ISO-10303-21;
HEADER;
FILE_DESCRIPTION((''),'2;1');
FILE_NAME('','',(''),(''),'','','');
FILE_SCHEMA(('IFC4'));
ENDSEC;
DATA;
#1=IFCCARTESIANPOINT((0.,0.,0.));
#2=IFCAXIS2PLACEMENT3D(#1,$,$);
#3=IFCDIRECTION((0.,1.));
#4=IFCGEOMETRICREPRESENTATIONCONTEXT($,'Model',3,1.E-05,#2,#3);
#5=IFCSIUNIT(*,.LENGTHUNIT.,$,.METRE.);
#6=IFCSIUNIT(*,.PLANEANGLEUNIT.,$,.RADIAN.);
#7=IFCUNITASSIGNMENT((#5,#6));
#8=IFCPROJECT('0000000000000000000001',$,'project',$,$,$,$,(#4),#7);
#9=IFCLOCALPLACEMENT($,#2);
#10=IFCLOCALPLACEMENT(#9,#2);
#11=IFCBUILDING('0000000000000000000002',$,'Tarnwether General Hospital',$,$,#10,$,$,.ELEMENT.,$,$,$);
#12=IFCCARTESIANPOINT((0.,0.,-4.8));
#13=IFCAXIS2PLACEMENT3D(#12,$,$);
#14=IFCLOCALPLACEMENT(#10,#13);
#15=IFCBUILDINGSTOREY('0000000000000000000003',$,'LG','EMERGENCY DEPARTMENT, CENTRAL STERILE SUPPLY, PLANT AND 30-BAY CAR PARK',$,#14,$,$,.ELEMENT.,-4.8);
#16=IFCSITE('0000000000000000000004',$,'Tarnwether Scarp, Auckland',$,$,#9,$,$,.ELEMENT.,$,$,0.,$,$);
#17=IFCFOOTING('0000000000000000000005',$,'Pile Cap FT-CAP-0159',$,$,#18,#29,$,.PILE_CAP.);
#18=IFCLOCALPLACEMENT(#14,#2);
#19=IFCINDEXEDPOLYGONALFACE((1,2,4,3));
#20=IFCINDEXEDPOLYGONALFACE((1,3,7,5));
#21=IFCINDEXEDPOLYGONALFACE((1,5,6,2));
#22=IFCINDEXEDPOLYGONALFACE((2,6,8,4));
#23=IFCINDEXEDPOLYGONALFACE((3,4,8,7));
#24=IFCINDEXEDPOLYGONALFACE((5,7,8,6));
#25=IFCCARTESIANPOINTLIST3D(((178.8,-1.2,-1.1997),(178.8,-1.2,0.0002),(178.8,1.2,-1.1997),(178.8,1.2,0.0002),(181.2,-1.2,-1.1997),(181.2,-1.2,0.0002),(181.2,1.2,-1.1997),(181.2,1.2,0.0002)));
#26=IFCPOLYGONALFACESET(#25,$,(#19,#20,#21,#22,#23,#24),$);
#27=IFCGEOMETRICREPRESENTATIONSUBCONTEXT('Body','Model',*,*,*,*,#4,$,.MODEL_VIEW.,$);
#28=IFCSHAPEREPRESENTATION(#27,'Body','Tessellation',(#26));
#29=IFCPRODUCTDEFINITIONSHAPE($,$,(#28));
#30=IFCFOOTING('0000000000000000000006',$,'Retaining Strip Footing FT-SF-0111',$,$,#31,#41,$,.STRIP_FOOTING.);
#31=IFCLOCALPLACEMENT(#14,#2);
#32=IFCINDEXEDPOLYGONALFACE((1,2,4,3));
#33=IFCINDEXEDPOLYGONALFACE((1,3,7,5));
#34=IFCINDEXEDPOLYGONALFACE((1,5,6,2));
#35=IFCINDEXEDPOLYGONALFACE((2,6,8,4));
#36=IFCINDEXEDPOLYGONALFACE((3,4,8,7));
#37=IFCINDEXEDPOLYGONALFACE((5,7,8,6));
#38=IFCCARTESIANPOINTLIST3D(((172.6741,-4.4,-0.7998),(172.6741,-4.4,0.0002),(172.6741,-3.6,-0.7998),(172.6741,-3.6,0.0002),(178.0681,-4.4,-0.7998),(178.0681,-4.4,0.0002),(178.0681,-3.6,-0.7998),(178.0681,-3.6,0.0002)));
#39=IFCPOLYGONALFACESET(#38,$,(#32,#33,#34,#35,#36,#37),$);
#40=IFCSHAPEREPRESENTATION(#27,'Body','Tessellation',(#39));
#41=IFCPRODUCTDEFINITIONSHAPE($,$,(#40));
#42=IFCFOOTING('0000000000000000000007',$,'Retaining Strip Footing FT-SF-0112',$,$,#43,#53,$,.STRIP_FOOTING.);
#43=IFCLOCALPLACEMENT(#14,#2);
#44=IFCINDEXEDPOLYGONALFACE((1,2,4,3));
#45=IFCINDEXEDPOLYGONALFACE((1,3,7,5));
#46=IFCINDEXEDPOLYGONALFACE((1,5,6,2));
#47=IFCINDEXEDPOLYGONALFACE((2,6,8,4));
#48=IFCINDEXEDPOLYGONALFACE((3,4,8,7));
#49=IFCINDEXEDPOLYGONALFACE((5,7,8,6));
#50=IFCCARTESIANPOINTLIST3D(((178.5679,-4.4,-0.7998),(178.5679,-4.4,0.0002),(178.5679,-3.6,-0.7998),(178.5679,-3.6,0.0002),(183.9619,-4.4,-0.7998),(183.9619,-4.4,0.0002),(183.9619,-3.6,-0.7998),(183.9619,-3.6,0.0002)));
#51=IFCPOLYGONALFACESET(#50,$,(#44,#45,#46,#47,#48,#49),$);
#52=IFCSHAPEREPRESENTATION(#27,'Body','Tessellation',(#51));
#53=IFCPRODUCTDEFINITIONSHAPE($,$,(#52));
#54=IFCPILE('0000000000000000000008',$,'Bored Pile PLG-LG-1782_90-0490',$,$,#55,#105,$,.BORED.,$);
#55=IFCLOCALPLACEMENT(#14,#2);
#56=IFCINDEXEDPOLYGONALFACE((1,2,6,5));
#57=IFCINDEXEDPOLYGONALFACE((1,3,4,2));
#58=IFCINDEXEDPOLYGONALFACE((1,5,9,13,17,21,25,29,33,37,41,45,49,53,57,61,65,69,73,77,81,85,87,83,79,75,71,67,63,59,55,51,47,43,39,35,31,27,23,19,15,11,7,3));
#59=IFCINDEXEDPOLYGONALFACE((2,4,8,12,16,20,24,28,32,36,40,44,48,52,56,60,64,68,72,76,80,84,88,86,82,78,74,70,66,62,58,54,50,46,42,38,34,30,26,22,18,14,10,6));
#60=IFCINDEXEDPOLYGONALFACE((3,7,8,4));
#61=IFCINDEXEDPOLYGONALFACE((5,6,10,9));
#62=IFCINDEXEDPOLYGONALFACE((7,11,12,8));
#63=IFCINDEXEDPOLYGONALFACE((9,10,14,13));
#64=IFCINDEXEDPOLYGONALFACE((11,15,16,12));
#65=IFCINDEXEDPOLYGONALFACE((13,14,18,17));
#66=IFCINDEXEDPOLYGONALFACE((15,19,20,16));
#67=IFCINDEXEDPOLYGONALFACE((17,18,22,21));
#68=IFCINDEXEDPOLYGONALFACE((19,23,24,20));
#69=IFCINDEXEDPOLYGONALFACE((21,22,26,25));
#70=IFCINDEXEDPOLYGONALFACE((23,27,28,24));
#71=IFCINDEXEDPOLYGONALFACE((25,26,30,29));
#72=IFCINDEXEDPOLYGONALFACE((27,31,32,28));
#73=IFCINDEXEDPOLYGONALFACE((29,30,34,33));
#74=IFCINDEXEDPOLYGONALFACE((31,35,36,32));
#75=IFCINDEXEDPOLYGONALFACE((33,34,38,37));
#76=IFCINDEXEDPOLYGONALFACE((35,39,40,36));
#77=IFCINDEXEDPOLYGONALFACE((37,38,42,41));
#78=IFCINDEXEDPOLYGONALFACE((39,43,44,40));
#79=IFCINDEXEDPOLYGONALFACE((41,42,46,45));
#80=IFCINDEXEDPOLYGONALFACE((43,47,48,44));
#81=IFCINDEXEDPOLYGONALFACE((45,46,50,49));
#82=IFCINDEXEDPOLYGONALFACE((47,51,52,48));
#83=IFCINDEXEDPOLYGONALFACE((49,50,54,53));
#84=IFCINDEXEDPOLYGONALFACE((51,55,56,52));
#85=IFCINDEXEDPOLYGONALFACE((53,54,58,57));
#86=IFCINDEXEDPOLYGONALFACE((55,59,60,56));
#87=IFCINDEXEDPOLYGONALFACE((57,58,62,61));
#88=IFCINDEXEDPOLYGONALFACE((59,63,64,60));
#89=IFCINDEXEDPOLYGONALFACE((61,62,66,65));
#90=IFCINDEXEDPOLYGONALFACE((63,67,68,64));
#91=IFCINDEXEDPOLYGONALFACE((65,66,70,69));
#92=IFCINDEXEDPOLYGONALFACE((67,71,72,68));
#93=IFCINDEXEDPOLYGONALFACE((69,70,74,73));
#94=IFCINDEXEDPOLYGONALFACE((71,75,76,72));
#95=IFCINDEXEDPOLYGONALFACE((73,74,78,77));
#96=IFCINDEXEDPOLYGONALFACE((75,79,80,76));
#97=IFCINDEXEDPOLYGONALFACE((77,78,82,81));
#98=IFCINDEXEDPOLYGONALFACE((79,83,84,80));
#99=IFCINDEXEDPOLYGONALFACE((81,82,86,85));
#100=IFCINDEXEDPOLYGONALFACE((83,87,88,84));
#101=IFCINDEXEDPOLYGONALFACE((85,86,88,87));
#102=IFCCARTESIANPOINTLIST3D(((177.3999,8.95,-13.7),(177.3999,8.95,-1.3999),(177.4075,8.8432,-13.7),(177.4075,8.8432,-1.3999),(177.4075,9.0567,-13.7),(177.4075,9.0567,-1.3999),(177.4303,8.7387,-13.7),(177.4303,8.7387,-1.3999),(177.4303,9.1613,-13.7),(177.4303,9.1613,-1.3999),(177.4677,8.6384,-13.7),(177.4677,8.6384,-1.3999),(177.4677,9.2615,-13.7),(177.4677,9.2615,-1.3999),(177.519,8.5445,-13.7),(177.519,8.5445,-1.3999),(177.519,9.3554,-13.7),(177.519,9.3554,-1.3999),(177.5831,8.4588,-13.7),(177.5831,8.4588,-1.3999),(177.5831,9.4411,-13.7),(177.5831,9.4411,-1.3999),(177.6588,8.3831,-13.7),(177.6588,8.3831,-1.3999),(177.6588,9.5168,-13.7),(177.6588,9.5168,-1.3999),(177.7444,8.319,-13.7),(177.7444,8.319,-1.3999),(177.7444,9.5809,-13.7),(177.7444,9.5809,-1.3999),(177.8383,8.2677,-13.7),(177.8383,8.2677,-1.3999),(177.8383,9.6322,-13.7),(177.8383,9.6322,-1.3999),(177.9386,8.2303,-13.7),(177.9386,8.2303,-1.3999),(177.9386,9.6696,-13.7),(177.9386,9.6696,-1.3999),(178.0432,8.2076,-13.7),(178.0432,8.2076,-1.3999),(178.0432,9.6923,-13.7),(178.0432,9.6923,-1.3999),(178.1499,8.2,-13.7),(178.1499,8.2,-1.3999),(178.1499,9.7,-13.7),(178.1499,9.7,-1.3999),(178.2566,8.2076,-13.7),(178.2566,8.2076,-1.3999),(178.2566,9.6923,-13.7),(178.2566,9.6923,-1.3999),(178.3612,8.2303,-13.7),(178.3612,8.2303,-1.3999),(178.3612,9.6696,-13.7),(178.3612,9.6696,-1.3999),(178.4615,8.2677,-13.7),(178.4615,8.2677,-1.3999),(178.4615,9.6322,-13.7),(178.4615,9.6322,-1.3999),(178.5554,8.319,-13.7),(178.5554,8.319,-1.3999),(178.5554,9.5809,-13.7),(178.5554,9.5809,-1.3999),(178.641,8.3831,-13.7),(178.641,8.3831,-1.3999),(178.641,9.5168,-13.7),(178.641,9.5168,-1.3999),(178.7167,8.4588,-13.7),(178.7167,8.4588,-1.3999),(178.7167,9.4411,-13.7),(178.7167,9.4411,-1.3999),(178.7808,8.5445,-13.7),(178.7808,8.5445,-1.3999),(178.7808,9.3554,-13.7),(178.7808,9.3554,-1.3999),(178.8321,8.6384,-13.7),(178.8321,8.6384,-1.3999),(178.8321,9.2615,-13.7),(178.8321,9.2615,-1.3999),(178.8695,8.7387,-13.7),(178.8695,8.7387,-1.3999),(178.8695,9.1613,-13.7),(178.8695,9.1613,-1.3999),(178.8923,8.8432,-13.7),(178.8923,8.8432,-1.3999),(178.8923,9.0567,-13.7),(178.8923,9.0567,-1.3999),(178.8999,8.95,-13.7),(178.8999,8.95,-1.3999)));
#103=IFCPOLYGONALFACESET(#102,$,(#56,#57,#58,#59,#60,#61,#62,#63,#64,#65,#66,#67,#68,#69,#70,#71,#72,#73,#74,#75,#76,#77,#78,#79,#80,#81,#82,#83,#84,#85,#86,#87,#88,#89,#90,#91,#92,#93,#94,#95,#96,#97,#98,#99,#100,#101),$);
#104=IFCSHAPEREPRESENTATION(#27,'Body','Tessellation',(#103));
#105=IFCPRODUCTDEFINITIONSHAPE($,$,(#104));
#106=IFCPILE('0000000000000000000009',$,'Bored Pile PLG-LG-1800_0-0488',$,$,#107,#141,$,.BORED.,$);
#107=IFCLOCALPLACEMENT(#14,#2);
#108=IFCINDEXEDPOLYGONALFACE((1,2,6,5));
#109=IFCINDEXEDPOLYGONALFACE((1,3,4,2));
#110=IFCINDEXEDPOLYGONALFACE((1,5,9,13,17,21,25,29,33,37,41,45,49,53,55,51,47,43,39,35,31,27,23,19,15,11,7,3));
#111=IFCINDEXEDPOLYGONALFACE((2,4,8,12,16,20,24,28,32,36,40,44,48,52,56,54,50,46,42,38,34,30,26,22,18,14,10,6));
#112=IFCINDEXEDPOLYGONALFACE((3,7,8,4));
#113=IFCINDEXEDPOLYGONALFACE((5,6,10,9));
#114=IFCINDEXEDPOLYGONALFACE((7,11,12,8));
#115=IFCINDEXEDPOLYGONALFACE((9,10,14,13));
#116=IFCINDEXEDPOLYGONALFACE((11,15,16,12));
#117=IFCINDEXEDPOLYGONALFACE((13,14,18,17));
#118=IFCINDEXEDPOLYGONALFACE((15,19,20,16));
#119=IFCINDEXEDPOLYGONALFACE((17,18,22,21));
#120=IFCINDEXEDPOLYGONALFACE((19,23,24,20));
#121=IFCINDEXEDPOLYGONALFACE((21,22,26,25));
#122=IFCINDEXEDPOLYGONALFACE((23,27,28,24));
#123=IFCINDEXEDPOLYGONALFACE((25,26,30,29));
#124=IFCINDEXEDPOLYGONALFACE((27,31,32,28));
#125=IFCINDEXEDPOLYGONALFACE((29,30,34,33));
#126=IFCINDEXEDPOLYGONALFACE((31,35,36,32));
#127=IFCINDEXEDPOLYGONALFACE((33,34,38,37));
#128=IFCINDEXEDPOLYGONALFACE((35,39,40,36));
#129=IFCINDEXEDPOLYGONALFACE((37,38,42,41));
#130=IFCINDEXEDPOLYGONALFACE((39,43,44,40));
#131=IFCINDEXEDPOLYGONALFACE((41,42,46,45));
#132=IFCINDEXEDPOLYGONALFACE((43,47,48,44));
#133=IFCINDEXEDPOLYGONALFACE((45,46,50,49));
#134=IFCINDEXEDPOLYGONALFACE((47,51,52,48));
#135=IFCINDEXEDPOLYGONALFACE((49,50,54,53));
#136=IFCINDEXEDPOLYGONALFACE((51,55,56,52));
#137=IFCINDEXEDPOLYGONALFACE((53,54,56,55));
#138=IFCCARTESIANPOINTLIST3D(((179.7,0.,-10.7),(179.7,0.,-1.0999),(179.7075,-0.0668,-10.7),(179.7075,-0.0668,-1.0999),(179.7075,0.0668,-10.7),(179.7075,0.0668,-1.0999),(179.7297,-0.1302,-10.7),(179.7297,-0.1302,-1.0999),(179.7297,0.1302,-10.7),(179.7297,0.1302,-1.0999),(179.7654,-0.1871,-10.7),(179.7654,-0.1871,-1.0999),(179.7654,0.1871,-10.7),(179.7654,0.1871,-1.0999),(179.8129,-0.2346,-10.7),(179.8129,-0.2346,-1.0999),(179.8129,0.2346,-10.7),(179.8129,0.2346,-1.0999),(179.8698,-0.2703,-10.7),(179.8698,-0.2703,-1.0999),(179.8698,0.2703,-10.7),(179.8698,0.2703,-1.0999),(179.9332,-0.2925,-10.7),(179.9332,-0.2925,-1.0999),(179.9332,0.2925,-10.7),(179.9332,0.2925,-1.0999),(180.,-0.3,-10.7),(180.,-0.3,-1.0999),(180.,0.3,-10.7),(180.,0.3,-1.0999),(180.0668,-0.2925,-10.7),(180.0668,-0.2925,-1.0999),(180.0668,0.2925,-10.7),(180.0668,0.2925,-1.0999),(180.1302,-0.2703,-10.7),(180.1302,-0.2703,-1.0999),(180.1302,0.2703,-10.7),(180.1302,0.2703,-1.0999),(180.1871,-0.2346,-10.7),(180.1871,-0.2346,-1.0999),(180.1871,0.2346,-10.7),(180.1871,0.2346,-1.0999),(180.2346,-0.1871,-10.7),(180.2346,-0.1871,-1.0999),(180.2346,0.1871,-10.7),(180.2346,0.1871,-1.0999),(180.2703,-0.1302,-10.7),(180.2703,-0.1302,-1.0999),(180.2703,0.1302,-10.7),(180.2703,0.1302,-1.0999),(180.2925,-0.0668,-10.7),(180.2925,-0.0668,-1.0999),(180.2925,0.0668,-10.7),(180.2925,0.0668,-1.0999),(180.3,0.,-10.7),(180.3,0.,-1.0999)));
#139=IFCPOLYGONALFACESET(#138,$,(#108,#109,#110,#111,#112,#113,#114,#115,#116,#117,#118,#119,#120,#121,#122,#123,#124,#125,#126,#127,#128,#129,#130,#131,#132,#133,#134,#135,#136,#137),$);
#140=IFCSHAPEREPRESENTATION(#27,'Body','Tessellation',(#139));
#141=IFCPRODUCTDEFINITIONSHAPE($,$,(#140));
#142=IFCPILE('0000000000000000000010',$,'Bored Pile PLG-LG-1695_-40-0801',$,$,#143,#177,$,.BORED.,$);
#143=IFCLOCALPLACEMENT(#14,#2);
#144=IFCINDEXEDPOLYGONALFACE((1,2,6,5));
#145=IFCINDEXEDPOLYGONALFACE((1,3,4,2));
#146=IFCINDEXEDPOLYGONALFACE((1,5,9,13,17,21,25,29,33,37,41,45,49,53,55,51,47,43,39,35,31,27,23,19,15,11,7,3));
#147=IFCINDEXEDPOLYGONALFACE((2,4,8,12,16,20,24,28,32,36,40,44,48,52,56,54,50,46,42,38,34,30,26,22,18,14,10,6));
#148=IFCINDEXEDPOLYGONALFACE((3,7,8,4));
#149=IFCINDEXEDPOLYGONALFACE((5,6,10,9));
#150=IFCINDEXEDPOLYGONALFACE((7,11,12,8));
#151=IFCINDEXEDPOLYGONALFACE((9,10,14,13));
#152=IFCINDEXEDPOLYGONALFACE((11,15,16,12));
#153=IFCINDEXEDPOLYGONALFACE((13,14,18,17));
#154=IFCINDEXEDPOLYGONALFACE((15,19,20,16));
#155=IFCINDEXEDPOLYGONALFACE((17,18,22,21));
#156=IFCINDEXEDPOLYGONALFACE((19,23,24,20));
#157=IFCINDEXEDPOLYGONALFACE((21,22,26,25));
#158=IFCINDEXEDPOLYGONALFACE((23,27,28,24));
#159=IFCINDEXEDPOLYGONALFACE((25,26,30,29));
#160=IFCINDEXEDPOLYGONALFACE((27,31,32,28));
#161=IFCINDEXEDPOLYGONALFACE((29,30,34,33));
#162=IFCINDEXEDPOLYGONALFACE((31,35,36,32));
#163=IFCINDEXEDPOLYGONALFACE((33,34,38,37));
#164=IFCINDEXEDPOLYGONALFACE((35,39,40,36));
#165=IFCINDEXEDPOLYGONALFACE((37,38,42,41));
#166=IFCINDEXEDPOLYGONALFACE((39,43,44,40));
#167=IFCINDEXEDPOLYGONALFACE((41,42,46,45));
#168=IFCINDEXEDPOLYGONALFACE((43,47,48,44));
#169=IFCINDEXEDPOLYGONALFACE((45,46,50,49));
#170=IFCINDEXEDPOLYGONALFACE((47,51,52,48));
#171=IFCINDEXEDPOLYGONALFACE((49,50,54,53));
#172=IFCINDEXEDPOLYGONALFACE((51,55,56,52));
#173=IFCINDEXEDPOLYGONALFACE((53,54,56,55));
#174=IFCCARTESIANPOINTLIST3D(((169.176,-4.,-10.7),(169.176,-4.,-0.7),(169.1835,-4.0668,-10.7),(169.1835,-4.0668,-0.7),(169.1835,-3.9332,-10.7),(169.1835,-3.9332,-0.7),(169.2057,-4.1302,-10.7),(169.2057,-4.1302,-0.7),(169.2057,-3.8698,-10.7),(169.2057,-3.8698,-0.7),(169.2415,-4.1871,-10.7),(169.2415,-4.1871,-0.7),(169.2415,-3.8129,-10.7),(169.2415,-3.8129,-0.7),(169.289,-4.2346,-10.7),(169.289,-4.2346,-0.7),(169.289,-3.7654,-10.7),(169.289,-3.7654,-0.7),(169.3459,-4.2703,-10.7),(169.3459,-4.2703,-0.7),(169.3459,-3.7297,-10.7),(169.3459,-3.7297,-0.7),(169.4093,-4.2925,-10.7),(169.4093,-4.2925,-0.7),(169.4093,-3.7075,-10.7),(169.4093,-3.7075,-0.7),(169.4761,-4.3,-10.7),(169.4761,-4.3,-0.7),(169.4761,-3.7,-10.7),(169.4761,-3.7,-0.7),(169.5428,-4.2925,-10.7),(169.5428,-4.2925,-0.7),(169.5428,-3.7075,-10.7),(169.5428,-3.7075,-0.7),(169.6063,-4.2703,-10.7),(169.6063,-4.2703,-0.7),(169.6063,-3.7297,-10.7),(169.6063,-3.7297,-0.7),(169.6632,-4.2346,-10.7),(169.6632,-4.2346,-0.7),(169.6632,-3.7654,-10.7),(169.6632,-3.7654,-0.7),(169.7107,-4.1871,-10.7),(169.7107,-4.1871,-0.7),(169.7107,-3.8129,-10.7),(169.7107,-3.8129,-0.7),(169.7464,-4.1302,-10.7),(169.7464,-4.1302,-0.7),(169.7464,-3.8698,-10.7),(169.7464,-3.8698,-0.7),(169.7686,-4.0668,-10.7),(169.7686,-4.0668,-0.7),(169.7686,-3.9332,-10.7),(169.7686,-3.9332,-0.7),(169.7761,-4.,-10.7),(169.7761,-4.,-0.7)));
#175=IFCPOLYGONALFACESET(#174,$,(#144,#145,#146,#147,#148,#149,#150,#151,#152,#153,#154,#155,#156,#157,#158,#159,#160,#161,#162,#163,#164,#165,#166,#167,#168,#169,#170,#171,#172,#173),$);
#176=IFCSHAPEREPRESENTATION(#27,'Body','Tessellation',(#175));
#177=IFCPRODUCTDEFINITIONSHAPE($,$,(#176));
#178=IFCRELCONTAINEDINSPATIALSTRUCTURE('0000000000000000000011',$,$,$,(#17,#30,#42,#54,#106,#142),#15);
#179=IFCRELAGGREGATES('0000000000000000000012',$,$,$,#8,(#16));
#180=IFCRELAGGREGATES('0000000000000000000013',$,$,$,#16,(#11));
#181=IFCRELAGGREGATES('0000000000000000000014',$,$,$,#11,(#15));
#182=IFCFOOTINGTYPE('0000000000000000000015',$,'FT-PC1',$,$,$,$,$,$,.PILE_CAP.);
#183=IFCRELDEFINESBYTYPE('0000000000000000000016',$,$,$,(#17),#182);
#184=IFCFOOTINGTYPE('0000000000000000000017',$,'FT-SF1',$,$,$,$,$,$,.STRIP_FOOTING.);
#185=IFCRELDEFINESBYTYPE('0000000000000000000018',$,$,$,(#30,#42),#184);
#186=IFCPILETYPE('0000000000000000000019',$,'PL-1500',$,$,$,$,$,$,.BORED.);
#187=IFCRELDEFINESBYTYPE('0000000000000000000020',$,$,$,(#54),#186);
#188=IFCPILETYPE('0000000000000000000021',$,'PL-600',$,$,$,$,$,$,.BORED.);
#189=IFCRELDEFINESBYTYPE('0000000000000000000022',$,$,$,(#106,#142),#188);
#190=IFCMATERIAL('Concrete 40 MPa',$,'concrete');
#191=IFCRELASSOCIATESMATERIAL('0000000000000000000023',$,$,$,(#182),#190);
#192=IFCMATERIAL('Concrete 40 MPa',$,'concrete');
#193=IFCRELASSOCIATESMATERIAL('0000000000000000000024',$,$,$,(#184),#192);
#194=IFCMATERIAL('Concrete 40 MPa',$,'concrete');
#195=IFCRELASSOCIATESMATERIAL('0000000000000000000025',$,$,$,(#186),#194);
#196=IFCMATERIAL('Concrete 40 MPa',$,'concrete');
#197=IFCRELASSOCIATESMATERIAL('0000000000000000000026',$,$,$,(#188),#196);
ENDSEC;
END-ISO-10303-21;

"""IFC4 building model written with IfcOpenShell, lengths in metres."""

from ifc_helpers import new_model, si_unit, direction, frame, origin, origin_2d, place, context, subcontext, project, spatial, rectangle, circle, extrude, material, material_profile, profile_set, type_object, element, save


model = new_model("IFC4")

# Units and contexts
model_context = context("Model", 3, precision=1e-05, world=origin(), true_north=direction((0.0, 1.0)))
body_context = subcontext(model_context, "Body", "Model", "MODEL_VIEW")
ifc_project = project(units=[si_unit("LENGTHUNIT", "METRE"), si_unit("PLANEANGLEUNIT", "RADIAN")], contexts=[model_context])

# Site, building, storey
site_placement = place(None, origin())
site = spatial("IfcSite", under=ifc_project, at=site_placement, Name="Tarnwether Scarp, Auckland", CompositionType="ELEMENT", RefElevation=0.0)
building_placement = place(site_placement, origin())
building = spatial("IfcBuilding", under=site, at=building_placement, Name="Tarnwether General Hospital", CompositionType="ELEMENT")
storey_placement = place(building_placement, frame((0.0, 0.0, -4.8)))
storey = spatial("IfcBuildingStorey", under=building, at=storey_placement, Name="LG", Description="EMERGENCY DEPARTMENT, CENTRAL STERILE SUPPLY, PLANT AND 30-BAY CAR PARK", CompositionType="ELEMENT", Elevation=-4.8)

# Footings
ifc_material_1 = material(Name="Concrete 40 MPa", Category="concrete")
footing_type_1 = type_object("IfcFootingType", Name="FT-PC1", PredefinedType="PILE_CAP", material=ifc_material_1)
footing_placement = place(storey_placement, frame((180.0, 0.0, -1.1997), z_axis=(0.0, 0.0, 1.0), x_axis=(0.0, 1.0, 0.0)))
element("IfcFooting", 1, at=footing_placement, inside=storey, type_object=footing_type_1, Name="Pile Cap FT-CAP-0159", PredefinedType="PILE_CAP", context=body_context, shape_type="SweptSolid", body=[
    extrude(rectangle(XDim=2.3999, YDim=2.3999, at=origin_2d()), origin(), (0.0, 0.0, 1.0), 1.2),
])
ifc_material_2 = material(Name="Concrete 40 MPa", Category="concrete")
footing_type_2 = type_object("IfcFootingType", Name="FT-SF1", PredefinedType="STRIP_FOOTING", material=ifc_material_2)
for number, where, z_axis, x_axis, name in (
    (2, (175.3711, -4.0, -0.7998), (0.0, 0.0, 1.0), (1.0, 0.0, 0.0), "Retaining Strip Footing FT-SF-0111"),
    (3, (181.2649, -4.0, -0.7998), (0.0, 0.0, 1.0), (1.0, 0.0, 0.0), "Retaining Strip Footing FT-SF-0112"),
):
    element("IfcFooting", number, at=place(storey_placement, frame(where, z_axis=z_axis, x_axis=x_axis)), inside=storey, type_object=footing_type_2, Name=name, PredefinedType="STRIP_FOOTING", context=body_context, shape_type="SweptSolid", body=[
        extrude(rectangle(XDim=5.394, YDim=0.8, at=origin_2d()), origin(), (0.0, 0.0, 1.0), 0.8),
    ])

# Piles
ifc_material_3 = material(Name="Concrete 40 MPa", Category="concrete")
ifc_material_profile_1 = material_profile(ifc_material_3, circle(Radius=0.75, at=origin_2d()), Name="PILE-D1500")
ifc_profile_set_1 = profile_set([ifc_material_profile_1], Name="Concrete 40 MPa")
pile_type_1 = type_object("IfcPileType", Name="PL-1500", PredefinedType="BORED", material=ifc_profile_set_1)
pile_1_placement = place(storey_placement, frame((178.1499, 8.95, -1.3999), z_axis=(0.0, 0.0, -1.0), x_axis=(1.0, 0.0, 0.0)))
element("IfcPile", 4, at=pile_1_placement, inside=storey, type_object=pile_type_1, Name="Bored Pile PLG-LG-1782_90-0490", PredefinedType="BORED", context=body_context, shape_type="SweptSolid", body=[
    extrude(circle(Radius=0.75, at=origin_2d()), origin(), (0.0, 0.0, 1.0), 12.3),
])
ifc_material_4 = material(Name="Concrete 40 MPa", Category="concrete")
ifc_material_profile_2 = material_profile(ifc_material_4, circle(Radius=0.3, at=origin_2d()), Name="PILE-D600")
ifc_profile_set_2 = profile_set([ifc_material_profile_2], Name="Concrete 40 MPa")
pile_type_2 = type_object("IfcPileType", Name="PL-600", PredefinedType="BORED", material=ifc_profile_set_2)
pile_2_placement = place(storey_placement, frame((180.0, 0.0, -1.0999), z_axis=(0.0, 0.0, -1.0), x_axis=(1.0, 0.0, 0.0)))
element("IfcPile", 5, at=pile_2_placement, inside=storey, type_object=pile_type_2, Name="Bored Pile PLG-LG-1800_0-0488", PredefinedType="BORED", context=body_context, shape_type="SweptSolid", body=[
    extrude(circle(Radius=0.3, at=origin_2d()), origin(), (0.0, 0.0, 1.0), 9.6001),
])
for number, where, z_axis, x_axis, name in (
    (6, (169.4761, -4.0, -0.7), (0.0, 0.0, -1.0), (1.0, 0.0, 0.0), "Bored Pile PLG-LG-1695_-40-0801"),
):
    element("IfcPile", number, at=place(storey_placement, frame(where, z_axis=z_axis, x_axis=x_axis)), inside=storey, type_object=pile_type_2, Name=name, PredefinedType="BORED", context=body_context, shape_type="SweptSolid", body=[
        extrude(circle(Radius=0.3, at=origin_2d()), origin(), (0.0, 0.0, 1.0), 10.0),
    ])

save(model, "model.ifc")
